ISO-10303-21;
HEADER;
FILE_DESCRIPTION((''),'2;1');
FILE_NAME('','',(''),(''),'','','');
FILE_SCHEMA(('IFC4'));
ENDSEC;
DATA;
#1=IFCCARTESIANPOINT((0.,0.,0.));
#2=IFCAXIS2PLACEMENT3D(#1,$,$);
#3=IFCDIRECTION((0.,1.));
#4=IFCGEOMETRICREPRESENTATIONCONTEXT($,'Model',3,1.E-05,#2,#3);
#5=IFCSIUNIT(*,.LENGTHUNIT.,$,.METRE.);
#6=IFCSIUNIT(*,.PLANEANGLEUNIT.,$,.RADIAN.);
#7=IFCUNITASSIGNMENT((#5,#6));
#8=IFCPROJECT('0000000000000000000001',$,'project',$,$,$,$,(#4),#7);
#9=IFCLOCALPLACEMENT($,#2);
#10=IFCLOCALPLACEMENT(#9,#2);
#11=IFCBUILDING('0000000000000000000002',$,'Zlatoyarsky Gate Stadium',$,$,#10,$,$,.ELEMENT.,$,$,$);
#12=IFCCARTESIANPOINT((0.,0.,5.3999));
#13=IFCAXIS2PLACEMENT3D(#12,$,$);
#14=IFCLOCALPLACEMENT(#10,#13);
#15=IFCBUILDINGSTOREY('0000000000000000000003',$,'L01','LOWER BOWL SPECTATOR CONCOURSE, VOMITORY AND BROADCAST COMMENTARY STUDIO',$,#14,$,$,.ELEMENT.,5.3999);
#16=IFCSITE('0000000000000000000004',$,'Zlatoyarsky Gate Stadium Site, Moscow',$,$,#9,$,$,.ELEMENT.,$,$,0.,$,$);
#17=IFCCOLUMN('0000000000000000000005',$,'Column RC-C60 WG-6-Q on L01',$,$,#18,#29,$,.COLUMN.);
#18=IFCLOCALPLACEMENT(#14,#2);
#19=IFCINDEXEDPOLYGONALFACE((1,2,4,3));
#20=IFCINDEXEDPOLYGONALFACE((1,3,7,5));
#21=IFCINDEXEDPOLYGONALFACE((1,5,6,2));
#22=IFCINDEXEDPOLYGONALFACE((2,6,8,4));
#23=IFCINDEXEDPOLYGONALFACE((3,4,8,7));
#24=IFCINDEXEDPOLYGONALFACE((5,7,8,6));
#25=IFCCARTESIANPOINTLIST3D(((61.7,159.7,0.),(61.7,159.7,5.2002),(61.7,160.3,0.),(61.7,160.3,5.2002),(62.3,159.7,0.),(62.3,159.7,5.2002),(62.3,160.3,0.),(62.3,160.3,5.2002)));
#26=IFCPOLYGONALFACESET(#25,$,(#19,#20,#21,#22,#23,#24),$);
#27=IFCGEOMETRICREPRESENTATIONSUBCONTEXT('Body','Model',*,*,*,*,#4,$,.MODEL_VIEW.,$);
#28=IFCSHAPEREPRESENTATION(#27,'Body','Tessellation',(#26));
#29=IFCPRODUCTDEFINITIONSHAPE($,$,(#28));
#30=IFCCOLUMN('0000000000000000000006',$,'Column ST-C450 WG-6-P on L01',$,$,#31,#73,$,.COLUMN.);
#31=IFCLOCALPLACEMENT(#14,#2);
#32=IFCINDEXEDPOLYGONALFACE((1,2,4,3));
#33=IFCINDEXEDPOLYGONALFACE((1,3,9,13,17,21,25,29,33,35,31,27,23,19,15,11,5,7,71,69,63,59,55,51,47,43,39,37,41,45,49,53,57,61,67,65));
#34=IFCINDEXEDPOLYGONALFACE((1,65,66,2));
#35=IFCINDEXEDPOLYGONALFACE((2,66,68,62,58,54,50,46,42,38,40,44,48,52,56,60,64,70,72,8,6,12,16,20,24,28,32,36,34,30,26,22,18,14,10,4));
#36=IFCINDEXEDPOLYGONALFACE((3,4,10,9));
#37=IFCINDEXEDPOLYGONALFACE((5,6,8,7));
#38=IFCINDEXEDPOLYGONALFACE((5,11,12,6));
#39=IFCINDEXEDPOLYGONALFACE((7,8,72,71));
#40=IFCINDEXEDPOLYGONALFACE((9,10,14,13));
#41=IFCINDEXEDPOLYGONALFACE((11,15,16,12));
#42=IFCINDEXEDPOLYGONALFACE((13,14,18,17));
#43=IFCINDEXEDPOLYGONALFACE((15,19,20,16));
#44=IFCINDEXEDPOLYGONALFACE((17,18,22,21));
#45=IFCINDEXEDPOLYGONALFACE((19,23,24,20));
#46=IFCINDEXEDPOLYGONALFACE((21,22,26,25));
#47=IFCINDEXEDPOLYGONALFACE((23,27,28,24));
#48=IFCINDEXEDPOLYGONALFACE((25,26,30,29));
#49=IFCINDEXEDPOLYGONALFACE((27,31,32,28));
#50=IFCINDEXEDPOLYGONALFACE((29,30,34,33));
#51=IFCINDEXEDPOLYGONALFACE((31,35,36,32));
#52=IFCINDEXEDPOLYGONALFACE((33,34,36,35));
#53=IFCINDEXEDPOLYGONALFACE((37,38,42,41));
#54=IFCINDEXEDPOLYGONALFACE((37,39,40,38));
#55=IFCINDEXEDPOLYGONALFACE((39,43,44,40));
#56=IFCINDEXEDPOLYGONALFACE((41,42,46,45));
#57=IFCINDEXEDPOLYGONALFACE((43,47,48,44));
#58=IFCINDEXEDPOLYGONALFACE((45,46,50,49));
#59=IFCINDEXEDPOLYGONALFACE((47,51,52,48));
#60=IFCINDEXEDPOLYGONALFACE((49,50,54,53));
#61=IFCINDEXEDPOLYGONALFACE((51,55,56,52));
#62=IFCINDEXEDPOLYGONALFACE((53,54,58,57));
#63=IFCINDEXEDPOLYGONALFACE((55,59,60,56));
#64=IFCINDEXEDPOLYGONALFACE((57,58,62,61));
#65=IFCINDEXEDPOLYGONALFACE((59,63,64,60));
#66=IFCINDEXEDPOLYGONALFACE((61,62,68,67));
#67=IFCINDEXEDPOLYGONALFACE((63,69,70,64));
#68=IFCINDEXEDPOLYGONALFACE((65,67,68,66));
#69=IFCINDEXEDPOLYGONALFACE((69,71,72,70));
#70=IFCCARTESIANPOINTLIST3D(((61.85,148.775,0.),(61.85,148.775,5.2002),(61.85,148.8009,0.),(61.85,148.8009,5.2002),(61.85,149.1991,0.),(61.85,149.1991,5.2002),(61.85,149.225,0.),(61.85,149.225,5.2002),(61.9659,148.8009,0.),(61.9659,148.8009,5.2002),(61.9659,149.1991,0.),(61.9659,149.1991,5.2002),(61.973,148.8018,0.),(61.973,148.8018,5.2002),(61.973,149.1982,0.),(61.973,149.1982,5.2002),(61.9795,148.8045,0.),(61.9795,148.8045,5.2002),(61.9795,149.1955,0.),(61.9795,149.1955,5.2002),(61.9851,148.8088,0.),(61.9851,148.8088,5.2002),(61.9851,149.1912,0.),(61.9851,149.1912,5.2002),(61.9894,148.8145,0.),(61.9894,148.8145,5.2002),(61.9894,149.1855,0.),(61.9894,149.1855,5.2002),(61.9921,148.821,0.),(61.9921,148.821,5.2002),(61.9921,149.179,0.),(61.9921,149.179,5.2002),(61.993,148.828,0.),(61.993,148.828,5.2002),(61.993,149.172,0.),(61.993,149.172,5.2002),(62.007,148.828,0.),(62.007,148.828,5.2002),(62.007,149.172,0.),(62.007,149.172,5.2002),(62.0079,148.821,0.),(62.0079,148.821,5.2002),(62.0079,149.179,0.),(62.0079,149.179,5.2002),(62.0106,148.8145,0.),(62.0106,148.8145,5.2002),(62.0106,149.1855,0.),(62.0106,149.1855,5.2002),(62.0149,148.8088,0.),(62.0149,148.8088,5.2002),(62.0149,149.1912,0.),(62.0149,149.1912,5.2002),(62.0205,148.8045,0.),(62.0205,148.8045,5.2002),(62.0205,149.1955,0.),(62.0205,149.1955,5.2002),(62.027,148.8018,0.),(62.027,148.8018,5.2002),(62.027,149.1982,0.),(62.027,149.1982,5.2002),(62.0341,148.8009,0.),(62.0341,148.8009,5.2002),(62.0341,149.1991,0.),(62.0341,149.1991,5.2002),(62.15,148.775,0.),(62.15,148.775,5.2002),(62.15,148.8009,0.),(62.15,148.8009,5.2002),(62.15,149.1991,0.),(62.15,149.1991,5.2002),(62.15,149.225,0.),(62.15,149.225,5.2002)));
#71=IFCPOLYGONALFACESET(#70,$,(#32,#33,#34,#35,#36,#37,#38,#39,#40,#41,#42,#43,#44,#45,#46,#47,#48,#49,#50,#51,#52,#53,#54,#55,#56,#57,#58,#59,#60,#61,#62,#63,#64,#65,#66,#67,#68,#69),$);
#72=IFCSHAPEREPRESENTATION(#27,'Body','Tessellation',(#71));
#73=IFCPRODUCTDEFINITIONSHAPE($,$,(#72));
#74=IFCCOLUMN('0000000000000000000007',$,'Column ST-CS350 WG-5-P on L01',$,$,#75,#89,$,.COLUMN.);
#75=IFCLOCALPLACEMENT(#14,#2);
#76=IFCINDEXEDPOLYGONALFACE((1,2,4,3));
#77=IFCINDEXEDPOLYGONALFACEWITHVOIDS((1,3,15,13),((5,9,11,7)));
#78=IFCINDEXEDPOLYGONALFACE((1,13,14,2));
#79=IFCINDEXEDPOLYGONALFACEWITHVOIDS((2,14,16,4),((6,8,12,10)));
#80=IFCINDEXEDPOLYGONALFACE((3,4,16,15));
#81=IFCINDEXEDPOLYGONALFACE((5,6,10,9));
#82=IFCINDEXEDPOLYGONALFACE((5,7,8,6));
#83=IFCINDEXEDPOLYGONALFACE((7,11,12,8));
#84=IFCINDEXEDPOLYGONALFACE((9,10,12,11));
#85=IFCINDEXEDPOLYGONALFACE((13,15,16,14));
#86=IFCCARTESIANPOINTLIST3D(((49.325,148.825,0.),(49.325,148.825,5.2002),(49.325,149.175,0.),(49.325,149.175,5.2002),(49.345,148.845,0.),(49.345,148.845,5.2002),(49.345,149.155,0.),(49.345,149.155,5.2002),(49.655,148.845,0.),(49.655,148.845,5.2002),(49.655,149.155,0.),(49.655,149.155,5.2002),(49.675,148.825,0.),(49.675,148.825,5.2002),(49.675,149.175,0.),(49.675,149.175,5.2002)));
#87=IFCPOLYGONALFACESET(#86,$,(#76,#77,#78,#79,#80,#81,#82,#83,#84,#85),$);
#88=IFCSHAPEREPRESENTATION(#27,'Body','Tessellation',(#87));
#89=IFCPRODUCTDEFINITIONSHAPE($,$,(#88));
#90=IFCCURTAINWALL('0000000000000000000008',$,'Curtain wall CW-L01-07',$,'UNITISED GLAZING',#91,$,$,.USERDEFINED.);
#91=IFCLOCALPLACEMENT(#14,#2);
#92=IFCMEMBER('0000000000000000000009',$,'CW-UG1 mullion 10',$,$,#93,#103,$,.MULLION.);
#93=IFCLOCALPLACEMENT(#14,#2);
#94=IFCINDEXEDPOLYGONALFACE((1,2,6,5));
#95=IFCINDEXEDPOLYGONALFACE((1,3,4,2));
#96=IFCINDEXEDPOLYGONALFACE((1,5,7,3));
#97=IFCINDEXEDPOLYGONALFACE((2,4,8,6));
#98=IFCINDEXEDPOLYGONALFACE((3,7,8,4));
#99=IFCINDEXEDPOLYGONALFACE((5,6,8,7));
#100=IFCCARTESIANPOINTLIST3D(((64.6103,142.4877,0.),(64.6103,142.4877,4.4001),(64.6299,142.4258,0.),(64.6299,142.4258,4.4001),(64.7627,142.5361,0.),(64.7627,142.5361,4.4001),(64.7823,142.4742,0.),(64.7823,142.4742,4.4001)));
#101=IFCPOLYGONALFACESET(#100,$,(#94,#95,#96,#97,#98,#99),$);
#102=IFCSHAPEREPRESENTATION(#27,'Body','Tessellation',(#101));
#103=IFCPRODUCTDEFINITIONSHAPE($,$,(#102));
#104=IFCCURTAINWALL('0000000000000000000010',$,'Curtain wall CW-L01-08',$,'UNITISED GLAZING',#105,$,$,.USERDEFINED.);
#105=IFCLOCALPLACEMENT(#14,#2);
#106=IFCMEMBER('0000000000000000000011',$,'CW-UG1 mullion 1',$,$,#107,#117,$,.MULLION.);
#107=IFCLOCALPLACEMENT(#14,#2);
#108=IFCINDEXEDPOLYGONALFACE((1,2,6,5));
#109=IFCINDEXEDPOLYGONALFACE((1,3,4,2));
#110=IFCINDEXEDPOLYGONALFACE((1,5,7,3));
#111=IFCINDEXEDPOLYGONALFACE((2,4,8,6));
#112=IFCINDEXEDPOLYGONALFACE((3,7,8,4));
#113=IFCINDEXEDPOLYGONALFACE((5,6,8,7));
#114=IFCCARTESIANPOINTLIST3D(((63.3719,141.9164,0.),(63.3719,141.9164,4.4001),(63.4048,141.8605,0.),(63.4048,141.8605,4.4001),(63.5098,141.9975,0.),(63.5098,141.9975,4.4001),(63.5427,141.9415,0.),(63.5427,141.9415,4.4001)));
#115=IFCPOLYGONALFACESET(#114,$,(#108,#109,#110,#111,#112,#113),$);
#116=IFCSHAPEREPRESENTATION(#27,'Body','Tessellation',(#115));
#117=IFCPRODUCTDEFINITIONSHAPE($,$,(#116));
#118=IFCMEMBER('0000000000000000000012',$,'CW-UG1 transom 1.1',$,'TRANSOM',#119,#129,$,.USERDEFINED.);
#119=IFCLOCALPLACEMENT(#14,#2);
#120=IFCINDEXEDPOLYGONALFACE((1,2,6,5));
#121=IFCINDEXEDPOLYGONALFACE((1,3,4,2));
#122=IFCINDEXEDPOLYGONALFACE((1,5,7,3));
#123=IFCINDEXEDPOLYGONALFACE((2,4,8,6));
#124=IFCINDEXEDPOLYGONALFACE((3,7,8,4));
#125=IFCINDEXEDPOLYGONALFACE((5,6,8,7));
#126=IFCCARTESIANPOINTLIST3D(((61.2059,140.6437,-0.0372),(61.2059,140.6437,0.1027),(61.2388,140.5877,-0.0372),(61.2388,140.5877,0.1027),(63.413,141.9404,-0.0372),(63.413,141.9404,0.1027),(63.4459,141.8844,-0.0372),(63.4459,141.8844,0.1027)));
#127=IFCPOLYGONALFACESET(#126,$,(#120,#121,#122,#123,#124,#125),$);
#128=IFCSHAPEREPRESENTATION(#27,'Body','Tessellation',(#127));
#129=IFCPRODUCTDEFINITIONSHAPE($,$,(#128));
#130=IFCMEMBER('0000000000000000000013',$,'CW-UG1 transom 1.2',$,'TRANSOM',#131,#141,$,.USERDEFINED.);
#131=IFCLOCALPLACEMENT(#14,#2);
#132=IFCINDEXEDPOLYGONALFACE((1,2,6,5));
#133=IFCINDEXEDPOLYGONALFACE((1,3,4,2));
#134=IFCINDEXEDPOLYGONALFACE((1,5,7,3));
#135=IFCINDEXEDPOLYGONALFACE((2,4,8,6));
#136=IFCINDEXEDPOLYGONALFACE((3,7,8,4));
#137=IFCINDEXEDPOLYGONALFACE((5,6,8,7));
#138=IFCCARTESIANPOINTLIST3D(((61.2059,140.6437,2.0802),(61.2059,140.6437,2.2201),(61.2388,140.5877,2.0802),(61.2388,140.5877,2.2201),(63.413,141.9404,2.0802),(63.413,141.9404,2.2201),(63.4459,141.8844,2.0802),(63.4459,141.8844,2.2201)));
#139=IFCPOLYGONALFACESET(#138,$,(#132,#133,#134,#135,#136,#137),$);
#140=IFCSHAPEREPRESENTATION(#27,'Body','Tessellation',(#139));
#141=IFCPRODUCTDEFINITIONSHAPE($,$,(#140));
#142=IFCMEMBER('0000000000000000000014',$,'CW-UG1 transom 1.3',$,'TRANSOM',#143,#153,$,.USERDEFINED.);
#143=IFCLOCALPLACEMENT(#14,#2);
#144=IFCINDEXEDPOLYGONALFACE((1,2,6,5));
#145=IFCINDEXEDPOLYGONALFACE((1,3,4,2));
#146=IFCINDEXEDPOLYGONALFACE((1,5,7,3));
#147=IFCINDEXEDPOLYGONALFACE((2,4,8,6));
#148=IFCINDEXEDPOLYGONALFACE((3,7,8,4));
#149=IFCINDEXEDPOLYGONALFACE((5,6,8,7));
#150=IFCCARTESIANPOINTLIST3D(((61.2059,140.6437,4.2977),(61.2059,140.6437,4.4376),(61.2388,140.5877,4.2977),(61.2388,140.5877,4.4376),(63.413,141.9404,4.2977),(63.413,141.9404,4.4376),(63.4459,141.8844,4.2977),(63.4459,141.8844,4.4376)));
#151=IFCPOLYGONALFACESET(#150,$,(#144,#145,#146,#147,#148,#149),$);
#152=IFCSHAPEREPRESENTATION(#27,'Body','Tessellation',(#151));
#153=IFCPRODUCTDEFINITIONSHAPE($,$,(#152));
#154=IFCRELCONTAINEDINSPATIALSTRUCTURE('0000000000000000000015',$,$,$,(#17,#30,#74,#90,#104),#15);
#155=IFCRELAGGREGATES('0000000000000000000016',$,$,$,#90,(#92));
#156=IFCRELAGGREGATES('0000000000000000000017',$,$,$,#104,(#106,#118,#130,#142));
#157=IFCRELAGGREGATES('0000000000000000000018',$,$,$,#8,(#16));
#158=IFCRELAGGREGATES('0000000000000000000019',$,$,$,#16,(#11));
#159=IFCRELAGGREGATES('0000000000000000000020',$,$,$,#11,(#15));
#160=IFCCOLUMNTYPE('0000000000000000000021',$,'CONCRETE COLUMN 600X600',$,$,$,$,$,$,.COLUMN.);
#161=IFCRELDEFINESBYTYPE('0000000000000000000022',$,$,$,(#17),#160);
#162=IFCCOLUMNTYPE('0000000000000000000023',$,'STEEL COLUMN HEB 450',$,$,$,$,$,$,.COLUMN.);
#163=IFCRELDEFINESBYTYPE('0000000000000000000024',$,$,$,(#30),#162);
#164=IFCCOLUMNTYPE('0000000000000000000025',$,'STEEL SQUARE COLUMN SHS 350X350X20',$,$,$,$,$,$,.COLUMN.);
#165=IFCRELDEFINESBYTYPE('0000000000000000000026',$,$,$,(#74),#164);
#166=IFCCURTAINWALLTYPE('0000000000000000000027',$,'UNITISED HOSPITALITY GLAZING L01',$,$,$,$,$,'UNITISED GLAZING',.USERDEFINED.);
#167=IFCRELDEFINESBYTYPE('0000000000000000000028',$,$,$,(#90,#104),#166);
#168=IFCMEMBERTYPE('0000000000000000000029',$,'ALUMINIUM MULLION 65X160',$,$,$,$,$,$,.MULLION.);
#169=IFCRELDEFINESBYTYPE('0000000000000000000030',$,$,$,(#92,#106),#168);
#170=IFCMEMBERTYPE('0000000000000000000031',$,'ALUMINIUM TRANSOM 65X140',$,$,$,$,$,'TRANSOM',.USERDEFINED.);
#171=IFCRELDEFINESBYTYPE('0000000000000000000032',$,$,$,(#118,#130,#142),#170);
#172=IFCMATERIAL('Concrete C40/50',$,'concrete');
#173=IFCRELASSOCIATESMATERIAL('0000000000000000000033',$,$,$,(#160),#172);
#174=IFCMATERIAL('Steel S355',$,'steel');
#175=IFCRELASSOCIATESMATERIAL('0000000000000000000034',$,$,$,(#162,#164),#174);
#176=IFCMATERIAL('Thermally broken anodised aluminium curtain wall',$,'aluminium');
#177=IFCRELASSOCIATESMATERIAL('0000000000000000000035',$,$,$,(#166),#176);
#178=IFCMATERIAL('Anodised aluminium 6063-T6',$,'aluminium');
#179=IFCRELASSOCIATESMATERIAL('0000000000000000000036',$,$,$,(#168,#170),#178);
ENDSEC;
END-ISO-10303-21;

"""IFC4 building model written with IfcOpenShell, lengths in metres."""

from ifc_helpers import new_model, si_unit, direction, frame, origin, origin_2d, place, context, subcontext, project, spatial, rectangle, hollow_rectangle, i_section, extrude, material, material_profile, profile_set, type_object, element, aggregate, save


model = new_model("IFC4")

# Units and contexts
model_context = context("Model", 3, precision=1e-05, world=origin(), true_north=direction((0.0, 1.0)))
body_context = subcontext(model_context, "Body", "Model", "MODEL_VIEW")
ifc_project = project(units=[si_unit("LENGTHUNIT", "METRE"), si_unit("PLANEANGLEUNIT", "RADIAN")], contexts=[model_context])

# Site, building, storey
site_placement = place(None, origin())
site = spatial("IfcSite", under=ifc_project, at=site_placement, Name="Zlatoyarsky Gate Stadium Site, Moscow", CompositionType="ELEMENT", RefElevation=0.0)
building_placement = place(site_placement, origin())
building = spatial("IfcBuilding", under=site, at=building_placement, Name="Zlatoyarsky Gate Stadium", CompositionType="ELEMENT")
storey_placement = place(building_placement, frame((0.0, 0.0, 5.3999)))
storey = spatial("IfcBuildingStorey", under=building, at=storey_placement, Name="L01", Description="LOWER BOWL SPECTATOR CONCOURSE, VOMITORY AND BROADCAST COMMENTARY STUDIO", CompositionType="ELEMENT", Elevation=5.3999)

# Columns
ifc_material_1 = material(Name="Concrete C40/50", Category="concrete")
ifc_material_profile_1 = material_profile(ifc_material_1, rectangle(XDim=0.6001, YDim=0.6001, at=origin_2d()), Name="RC COL 600X600")
ifc_profile_set_1 = profile_set([ifc_material_profile_1], Name="Concrete C40/50")
column_type_1 = type_object("IfcColumnType", Name="CONCRETE COLUMN 600X600", PredefinedType="COLUMN", material=ifc_profile_set_1)
column_1_placement = place(storey_placement, frame((62.0, 160.0, 0.0), z_axis=(0.0, 0.0, 1.0), x_axis=(1.0, 0.0, 0.0)))
element("IfcColumn", 1, at=column_1_placement, inside=storey, type_object=column_type_1, Name="Column RC-C60 WG-6-Q on L01", PredefinedType="COLUMN", context=body_context, shape_type="SweptSolid", body=[
    extrude(rectangle(XDim=0.6001, YDim=0.6001, at=origin_2d()), origin(), (0.0, 0.0, 1.0), 5.2002),
])
ifc_material_2 = material(Name="Steel S355", Category="steel")
ifc_material_profile_2 = material_profile(ifc_material_2, i_section(OverallWidth=0.3, OverallDepth=0.45, WebThickness=0.0139, FlangeThickness=0.0259, FilletRadius=0.0271, at=origin_2d()), Name="HEB 450")
ifc_profile_set_2 = profile_set([ifc_material_profile_2], Name="Steel S355")
column_type_2 = type_object("IfcColumnType", Name="STEEL COLUMN HEB 450", PredefinedType="COLUMN", material=ifc_profile_set_2)
column_2_placement = place(storey_placement, frame((62.0, 149.0, 0.0), z_axis=(0.0, 0.0, 1.0), x_axis=(1.0, 0.0, 0.0)))
element("IfcColumn", 2, at=column_2_placement, inside=storey, type_object=column_type_2, Name="Column ST-C450 WG-6-P on L01", PredefinedType="COLUMN", context=body_context, shape_type="SweptSolid", body=[
    extrude(i_section(OverallWidth=0.3, OverallDepth=0.45, WebThickness=0.0139, FlangeThickness=0.0259, FilletRadius=0.0271, at=origin_2d()), origin(), (0.0, 0.0, 1.0), 5.2002),
])
ifc_material_profile_3 = material_profile(ifc_material_2, hollow_rectangle(XDim=0.3501, YDim=0.3501, WallThickness=0.02, at=origin_2d()), Name="SHS 350X350X20")
ifc_profile_set_3 = profile_set([ifc_material_profile_3], Name="Steel S355")
column_type_3 = type_object("IfcColumnType", Name="STEEL SQUARE COLUMN SHS 350X350X20", PredefinedType="COLUMN", material=ifc_profile_set_3)
column_3_placement = place(storey_placement, frame((49.5, 149.0, 0.0), z_axis=(0.0, 0.0, 1.0), x_axis=(1.0, 0.0, 0.0)))
element("IfcColumn", 3, at=column_3_placement, inside=storey, type_object=column_type_3, Name="Column ST-CS350 WG-5-P on L01", PredefinedType="COLUMN", context=body_context, shape_type="SweptSolid", body=[
    extrude(hollow_rectangle(XDim=0.3501, YDim=0.3501, WallThickness=0.02, at=origin_2d()), origin(), (0.0, 0.0, 1.0), 5.2002),
])

# Curtain wall, member
ifc_material_3 = material(Name="Thermally broken anodised aluminium curtain wall", Category="aluminium")
curtain_wall_type = type_object("IfcCurtainWallType", Name="UNITISED HOSPITALITY GLAZING L01", ElementType="UNITISED GLAZING", PredefinedType="USERDEFINED", material=ifc_material_3)
curtain_wall_1_placement = place(storey_placement, origin())
curtain_wall_1 = element("IfcCurtainWall", 4, at=curtain_wall_1_placement, inside=storey, type_object=curtain_wall_type, Name="Curtain wall CW-L01-07", ObjectType="UNITISED GLAZING", PredefinedType="USERDEFINED")
ifc_material_4 = material(Name="Anodised aluminium 6063-T6", Category="aluminium")
ifc_material_profile_4 = material_profile(ifc_material_4, rectangle(XDim=0.0649, YDim=0.1599, at=origin_2d()), Name="ALU 65X160")
ifc_profile_set_4 = profile_set([ifc_material_profile_4], Name="Anodised aluminium 6063-T6")
member_type_1 = type_object("IfcMemberType", Name="ALUMINIUM MULLION 65X160", PredefinedType="MULLION", material=ifc_profile_set_4)
member_1_placement = place(storey_placement, frame((64.6963, 142.481, 0.0), z_axis=(0.0, 0.0, 1.0), x_axis=(0.302335, -0.953202, 0.0)))
member_1 = element("IfcMember", 5, at=member_1_placement, type_object=member_type_1, Name="CW-UG1 mullion 10", PredefinedType="MULLION", context=body_context, shape_type="SweptSolid", body=[
    extrude(rectangle(XDim=0.0649, YDim=0.1599, at=origin_2d()), origin(), (0.0, 0.0, 1.0), 4.4001),
])
aggregate(curtain_wall_1, [member_1])

# Curtain wall, members
curtain_wall_2_placement = place(storey_placement, origin())
curtain_wall_2 = element("IfcCurtainWall", 6, at=curtain_wall_2_placement, inside=storey, type_object=curtain_wall_type, Name="Curtain wall CW-L01-08", ObjectType="UNITISED GLAZING", PredefinedType="USERDEFINED")
member_2_placement = place(storey_placement, frame((63.4573, 141.929, 0.0), z_axis=(0.0, 0.0, 1.0), x_axis=(0.506588, -0.862188, 0.0)))
member_2 = element("IfcMember", 7, at=member_2_placement, type_object=member_type_1, Name="CW-UG1 mullion 1", PredefinedType="MULLION", context=body_context, shape_type="SweptSolid", body=[
    extrude(rectangle(XDim=0.0649, YDim=0.1599, at=origin_2d()), origin(), (0.0, 0.0, 1.0), 4.4001),
])
ifc_material_profile_5 = material_profile(ifc_material_4, rectangle(XDim=0.0649, YDim=0.1399, at=origin_2d()), Name="ALU 65X140")
ifc_profile_set_5 = profile_set([ifc_material_profile_5], Name="Anodised aluminium 6063-T6")
member_type_2 = type_object("IfcMemberType", Name="ALUMINIUM TRANSOM 65X140", ElementType="TRANSOM", PredefinedType="USERDEFINED", material=ifc_profile_set_5)
member_3_placement = place(storey_placement, frame((63.4294, 141.9124, 0.0327), z_axis=(-0.862211, -0.506549, 0.0), x_axis=(0.506549, -0.862211, 0.0)))
member_3 = element("IfcMember", 8, at=member_3_placement, type_object=member_type_2, Name="CW-UG1 transom 1.1", ObjectType="TRANSOM", PredefinedType="USERDEFINED", context=body_context, shape_type="SweptSolid", body=[
    extrude(rectangle(XDim=0.0649, YDim=0.1399, at=origin_2d()), origin(), (0.0, 0.0, 1.0), 2.5598),
])
member_4_placement = place(storey_placement, frame((63.4294, 141.9124, 2.1501), z_axis=(-0.862211, -0.506549, 0.0), x_axis=(0.506549, -0.862211, 0.0)))
member_4 = element("IfcMember", 9, at=member_4_placement, type_object=member_type_2, Name="CW-UG1 transom 1.2", ObjectType="TRANSOM", PredefinedType="USERDEFINED", context=body_context, shape_type="SweptSolid", body=[
    extrude(rectangle(XDim=0.0649, YDim=0.1399, at=origin_2d()), origin(), (0.0, 0.0, 1.0), 2.5598),
])
member_5_placement = place(storey_placement, frame((63.4294, 141.9124, 4.3677), z_axis=(-0.862211, -0.506549, 0.0), x_axis=(0.506549, -0.862211, 0.0)))
member_5 = element("IfcMember", 10, at=member_5_placement, type_object=member_type_2, Name="CW-UG1 transom 1.3", ObjectType="TRANSOM", PredefinedType="USERDEFINED", context=body_context, shape_type="SweptSolid", body=[
    extrude(rectangle(XDim=0.0649, YDim=0.1399, at=origin_2d()), origin(), (0.0, 0.0, 1.0), 2.5598),
])
aggregate(curtain_wall_2, [member_2, member_3, member_4, member_5])

save(model, "model.ifc")
